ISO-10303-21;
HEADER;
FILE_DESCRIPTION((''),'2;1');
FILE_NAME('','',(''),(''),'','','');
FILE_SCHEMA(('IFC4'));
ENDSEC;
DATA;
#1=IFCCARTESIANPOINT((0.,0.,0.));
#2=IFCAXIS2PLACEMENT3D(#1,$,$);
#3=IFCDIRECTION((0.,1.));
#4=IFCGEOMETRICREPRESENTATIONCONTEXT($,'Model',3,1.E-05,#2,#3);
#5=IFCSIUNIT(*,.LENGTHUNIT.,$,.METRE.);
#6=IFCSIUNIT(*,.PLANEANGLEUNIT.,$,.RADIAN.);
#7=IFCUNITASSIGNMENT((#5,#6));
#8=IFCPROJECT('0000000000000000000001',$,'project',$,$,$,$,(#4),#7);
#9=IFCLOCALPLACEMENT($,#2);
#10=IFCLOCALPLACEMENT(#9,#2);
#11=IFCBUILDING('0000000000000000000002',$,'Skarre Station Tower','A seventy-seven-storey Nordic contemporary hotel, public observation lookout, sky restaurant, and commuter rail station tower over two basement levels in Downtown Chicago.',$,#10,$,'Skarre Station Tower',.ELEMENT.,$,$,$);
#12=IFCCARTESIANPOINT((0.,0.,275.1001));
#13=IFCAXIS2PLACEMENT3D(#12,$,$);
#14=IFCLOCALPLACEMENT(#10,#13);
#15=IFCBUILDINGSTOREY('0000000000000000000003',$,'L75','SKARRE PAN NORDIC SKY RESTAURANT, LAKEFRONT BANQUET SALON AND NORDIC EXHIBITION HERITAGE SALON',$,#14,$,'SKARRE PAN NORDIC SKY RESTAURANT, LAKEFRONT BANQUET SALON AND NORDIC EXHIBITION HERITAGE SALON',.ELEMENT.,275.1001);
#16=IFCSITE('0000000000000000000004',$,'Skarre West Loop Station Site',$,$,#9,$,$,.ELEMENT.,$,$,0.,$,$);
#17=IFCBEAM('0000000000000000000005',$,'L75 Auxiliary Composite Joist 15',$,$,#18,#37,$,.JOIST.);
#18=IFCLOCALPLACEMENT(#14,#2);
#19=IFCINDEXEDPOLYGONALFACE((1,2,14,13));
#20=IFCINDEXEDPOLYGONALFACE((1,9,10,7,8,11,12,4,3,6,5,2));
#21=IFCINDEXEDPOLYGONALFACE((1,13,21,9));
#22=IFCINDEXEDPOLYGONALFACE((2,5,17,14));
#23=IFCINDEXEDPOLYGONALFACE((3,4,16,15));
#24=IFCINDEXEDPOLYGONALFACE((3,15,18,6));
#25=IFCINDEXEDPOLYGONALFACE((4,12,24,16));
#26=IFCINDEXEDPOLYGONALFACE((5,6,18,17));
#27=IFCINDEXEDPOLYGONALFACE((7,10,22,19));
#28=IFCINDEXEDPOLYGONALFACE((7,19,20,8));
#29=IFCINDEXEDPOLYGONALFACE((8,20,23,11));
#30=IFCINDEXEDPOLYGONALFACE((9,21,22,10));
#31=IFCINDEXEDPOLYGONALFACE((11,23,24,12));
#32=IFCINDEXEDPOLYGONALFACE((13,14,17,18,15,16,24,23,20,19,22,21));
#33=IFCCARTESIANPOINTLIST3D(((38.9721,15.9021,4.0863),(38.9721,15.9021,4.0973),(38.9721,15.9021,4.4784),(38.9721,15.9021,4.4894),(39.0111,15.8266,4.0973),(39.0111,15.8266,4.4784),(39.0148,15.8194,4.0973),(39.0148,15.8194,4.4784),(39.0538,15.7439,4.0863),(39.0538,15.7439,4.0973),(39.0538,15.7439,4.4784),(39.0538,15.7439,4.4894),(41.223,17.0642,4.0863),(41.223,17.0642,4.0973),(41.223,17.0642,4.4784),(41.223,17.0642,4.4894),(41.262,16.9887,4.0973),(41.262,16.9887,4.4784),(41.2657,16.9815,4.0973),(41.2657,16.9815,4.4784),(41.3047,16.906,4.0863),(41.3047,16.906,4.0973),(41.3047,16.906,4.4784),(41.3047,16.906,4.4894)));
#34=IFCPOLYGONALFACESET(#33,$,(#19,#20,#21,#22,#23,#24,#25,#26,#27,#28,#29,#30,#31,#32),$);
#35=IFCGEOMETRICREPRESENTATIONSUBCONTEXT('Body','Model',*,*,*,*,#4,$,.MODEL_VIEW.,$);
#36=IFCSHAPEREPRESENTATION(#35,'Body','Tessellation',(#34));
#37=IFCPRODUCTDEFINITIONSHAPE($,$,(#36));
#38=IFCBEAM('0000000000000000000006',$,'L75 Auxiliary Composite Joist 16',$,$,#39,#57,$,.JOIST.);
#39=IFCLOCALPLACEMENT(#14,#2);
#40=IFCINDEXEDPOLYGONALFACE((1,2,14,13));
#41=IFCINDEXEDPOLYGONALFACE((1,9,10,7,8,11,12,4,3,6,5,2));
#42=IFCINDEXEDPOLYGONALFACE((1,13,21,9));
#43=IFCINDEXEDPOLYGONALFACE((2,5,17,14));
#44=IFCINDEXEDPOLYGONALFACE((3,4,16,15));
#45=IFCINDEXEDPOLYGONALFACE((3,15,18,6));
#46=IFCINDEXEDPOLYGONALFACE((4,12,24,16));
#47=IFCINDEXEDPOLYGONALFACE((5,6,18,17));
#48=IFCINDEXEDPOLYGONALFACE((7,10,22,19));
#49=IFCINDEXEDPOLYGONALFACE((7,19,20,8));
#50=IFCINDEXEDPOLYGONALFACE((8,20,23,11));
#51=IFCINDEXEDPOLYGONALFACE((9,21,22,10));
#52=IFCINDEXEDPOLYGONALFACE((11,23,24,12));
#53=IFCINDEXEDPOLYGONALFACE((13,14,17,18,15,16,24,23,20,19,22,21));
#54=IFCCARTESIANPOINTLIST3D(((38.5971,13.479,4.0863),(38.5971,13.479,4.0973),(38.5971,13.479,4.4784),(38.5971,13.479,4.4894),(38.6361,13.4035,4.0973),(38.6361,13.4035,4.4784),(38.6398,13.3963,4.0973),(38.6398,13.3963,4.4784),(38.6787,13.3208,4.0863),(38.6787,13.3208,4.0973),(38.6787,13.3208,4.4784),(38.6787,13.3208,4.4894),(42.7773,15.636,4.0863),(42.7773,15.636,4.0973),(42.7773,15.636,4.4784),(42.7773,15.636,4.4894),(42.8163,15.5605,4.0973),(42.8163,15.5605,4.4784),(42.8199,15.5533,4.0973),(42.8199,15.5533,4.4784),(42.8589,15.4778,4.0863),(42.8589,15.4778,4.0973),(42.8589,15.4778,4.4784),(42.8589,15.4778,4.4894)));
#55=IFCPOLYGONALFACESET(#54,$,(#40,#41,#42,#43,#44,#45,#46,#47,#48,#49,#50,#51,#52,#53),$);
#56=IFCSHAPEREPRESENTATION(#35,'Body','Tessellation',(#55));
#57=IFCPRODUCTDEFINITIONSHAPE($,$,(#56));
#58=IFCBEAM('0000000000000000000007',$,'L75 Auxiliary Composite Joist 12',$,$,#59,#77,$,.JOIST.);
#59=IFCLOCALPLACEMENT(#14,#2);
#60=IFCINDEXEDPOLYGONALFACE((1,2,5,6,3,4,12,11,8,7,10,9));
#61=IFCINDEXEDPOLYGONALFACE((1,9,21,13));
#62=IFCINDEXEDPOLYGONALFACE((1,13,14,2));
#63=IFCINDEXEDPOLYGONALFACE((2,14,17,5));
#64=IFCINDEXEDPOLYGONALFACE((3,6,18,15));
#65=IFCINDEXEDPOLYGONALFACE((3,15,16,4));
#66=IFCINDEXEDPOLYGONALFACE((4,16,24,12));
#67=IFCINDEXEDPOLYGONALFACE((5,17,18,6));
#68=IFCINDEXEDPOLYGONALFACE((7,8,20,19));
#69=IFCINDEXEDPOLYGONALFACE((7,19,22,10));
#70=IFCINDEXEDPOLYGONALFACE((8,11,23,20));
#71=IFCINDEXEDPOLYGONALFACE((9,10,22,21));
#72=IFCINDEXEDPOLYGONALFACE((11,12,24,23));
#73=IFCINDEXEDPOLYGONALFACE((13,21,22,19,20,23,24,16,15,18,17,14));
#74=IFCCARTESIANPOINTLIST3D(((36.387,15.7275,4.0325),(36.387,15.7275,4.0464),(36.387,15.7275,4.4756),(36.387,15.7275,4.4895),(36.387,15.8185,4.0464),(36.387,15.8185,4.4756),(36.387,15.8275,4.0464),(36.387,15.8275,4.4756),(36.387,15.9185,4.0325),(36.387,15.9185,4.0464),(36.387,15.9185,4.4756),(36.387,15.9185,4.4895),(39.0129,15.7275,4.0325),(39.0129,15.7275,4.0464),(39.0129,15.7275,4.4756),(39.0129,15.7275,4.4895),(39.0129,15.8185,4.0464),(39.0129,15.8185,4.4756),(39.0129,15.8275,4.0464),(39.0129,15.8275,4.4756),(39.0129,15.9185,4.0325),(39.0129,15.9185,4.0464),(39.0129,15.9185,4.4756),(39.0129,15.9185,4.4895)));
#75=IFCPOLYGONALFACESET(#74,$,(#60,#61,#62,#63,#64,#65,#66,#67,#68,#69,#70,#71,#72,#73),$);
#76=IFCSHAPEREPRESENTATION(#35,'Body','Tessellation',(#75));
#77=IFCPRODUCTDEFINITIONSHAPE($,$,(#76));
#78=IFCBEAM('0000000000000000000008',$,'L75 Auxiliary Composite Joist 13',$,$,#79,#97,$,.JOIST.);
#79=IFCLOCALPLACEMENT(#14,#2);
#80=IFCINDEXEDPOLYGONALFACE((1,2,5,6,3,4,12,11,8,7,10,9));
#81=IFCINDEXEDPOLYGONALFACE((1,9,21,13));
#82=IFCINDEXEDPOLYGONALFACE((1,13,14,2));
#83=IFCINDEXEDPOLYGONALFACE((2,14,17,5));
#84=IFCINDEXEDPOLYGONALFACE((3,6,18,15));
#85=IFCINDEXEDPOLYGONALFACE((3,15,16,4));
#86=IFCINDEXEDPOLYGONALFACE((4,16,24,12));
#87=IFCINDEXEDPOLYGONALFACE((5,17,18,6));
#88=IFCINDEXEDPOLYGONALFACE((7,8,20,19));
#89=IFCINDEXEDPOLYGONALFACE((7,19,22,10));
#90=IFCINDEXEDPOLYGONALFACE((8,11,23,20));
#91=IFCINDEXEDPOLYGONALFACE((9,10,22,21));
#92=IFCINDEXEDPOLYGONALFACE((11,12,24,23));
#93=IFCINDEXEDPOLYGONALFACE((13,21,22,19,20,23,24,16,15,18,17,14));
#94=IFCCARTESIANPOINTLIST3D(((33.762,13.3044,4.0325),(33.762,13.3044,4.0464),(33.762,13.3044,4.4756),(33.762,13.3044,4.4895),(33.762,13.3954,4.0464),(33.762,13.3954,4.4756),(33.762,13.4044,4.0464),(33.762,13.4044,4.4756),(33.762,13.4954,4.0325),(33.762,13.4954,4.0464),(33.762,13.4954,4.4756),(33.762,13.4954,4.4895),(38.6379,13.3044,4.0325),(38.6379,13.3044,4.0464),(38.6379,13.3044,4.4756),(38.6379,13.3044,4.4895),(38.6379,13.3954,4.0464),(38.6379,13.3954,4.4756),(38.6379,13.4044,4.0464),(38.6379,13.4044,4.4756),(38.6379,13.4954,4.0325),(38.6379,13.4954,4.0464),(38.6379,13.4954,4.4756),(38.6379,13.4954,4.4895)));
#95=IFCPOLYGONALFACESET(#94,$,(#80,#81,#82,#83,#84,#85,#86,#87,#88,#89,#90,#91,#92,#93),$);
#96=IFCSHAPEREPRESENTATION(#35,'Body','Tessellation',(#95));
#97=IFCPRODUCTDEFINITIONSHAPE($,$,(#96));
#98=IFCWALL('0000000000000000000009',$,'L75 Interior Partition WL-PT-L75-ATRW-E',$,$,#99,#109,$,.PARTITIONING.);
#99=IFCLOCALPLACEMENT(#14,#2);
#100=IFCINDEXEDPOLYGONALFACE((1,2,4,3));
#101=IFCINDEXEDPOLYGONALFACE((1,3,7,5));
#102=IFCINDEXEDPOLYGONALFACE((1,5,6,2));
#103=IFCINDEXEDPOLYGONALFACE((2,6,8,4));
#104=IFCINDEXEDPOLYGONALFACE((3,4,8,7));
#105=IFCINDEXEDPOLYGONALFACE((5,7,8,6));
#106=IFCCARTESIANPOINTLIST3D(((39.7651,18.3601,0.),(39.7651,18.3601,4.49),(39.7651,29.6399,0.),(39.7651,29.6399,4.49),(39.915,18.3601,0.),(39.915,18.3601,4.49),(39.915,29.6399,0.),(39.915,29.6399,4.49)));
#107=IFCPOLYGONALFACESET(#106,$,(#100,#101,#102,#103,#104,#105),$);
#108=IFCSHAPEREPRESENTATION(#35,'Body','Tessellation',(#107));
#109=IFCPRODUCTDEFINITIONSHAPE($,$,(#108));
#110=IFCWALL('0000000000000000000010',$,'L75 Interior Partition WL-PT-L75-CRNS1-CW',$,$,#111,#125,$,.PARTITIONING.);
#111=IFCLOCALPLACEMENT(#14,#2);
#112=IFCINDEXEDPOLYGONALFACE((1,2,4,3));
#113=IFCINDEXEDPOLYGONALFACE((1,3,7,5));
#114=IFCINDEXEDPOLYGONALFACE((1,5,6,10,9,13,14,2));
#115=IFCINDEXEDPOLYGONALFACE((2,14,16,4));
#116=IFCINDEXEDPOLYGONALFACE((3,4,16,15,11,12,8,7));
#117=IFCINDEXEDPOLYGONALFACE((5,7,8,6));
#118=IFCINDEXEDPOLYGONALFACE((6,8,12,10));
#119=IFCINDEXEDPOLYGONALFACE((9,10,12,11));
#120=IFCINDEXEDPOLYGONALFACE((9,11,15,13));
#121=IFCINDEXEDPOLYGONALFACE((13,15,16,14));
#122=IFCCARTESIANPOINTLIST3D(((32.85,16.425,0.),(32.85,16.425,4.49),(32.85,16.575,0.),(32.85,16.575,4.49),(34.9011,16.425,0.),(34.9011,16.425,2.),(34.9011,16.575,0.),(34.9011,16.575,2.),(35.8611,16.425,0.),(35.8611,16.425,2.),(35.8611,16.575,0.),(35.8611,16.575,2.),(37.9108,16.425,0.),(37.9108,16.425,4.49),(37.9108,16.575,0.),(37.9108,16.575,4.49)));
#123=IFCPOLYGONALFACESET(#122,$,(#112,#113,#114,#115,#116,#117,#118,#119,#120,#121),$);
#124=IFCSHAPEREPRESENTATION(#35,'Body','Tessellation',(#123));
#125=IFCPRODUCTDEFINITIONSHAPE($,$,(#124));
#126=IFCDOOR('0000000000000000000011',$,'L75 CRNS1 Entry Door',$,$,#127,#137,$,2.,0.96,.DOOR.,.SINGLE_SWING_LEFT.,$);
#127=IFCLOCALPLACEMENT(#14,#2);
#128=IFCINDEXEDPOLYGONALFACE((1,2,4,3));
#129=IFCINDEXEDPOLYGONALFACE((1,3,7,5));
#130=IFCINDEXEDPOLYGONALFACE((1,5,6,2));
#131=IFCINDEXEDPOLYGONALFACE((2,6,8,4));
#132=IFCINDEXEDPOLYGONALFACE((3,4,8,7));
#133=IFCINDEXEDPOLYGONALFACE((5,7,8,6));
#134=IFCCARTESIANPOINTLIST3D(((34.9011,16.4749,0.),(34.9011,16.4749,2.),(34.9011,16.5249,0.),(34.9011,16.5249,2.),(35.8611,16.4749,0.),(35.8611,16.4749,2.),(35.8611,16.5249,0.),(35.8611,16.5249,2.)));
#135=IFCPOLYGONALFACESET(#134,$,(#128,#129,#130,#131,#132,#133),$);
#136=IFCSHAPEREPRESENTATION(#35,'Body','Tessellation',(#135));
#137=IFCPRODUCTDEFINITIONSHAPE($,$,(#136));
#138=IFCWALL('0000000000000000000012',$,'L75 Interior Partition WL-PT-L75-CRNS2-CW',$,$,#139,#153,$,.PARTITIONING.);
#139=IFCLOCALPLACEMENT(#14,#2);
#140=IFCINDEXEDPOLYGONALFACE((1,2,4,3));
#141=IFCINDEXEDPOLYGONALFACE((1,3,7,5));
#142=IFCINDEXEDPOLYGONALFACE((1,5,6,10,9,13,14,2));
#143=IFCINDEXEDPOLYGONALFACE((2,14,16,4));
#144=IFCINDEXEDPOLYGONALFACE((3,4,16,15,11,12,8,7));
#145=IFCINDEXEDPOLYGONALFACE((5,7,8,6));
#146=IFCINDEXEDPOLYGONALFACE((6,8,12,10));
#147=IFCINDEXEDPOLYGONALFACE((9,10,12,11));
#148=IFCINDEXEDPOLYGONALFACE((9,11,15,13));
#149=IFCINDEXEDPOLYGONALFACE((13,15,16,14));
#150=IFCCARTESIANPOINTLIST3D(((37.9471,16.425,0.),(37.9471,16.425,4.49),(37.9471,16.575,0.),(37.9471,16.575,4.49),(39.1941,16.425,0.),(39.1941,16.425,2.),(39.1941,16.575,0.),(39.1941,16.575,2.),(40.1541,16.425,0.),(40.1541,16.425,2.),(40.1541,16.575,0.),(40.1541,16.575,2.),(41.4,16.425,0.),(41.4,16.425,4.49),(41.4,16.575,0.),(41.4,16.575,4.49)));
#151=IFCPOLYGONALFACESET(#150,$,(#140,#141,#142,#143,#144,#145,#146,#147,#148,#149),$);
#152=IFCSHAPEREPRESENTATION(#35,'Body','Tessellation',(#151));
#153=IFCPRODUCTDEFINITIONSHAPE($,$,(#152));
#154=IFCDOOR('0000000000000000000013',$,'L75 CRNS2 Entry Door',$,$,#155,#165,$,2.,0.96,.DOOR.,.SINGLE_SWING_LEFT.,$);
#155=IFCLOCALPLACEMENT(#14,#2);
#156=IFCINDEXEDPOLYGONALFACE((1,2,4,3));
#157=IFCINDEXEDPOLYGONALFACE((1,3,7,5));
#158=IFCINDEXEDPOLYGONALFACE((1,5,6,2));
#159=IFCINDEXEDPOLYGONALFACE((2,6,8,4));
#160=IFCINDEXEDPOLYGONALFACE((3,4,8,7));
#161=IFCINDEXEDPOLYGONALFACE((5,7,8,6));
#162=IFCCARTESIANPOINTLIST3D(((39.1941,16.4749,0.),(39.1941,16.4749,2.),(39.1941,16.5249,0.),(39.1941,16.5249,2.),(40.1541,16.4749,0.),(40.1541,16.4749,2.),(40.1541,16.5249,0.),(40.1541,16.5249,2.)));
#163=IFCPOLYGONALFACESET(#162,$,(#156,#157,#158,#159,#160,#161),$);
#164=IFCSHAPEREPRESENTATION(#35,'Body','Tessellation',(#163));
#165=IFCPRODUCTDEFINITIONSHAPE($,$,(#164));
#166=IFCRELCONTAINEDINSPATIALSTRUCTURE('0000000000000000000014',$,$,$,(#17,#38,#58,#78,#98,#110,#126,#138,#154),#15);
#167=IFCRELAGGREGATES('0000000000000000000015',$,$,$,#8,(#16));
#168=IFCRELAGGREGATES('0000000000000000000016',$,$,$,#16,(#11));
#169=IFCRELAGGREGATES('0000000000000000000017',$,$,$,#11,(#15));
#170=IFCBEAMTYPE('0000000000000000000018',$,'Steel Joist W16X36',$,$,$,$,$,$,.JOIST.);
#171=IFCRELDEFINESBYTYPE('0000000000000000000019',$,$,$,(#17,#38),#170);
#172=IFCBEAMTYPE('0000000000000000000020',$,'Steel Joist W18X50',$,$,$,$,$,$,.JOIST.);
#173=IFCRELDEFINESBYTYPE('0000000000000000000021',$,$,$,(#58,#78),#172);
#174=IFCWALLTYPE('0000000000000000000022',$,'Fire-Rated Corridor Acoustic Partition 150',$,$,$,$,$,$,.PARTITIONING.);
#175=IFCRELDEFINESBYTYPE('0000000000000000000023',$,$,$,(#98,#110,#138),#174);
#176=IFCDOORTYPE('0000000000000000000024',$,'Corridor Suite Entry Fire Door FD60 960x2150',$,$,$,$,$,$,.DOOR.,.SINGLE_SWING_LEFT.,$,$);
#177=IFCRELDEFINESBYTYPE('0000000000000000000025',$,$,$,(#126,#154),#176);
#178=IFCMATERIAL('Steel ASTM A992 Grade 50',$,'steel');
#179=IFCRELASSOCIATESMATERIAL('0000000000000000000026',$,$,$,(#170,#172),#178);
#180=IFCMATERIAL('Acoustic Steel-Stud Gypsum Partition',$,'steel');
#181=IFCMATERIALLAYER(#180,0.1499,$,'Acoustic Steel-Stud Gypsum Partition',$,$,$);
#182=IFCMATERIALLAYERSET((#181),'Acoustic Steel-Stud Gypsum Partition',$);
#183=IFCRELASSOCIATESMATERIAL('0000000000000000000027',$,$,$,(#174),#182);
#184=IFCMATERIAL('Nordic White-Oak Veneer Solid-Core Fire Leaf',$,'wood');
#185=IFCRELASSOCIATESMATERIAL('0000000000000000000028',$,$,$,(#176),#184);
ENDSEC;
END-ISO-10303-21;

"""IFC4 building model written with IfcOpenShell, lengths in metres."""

from ifc_helpers import new_model, si_unit, direction, frame, frame_2d, origin, origin_2d, place, context, subcontext, project, spatial, rectangle, i_section, extrude, material, layer, layer_set, material_profile, profile_set, type_object, element, fill, save


model = new_model("IFC4")

# Units and contexts
model_context = context("Model", 3, precision=1e-05, world=origin(), true_north=direction((0.0, 1.0)))
body_context = subcontext(model_context, "Body", "Model", "MODEL_VIEW")
ifc_project = project(units=[si_unit("LENGTHUNIT", "METRE"), si_unit("PLANEANGLEUNIT", "RADIAN")], contexts=[model_context])

# Site, building, storey
site_placement = place(None, origin())
site = spatial("IfcSite", under=ifc_project, at=site_placement, Name="Skarre West Loop Station Site", CompositionType="ELEMENT", RefElevation=0.0)
building_placement = place(site_placement, origin())
building = spatial("IfcBuilding", under=site, at=building_placement, Name="Skarre Station Tower", Description="A seventy-seven-storey Nordic contemporary hotel, public observation lookout, sky restaurant, and commuter rail station tower over two basement levels in Downtown Chicago.", LongName="Skarre Station Tower", CompositionType="ELEMENT")
storey_placement = place(building_placement, frame((0.0, 0.0, 275.1001)))
storey = spatial("IfcBuildingStorey", under=building, at=storey_placement, Name="L75", Description="SKARRE PAN NORDIC SKY RESTAURANT, LAKEFRONT BANQUET SALON AND NORDIC EXHIBITION HERITAGE SALON", LongName="SKARRE PAN NORDIC SKY RESTAURANT, LAKEFRONT BANQUET SALON AND NORDIC EXHIBITION HERITAGE SALON", CompositionType="ELEMENT", Elevation=275.1001)

# Beams
ifc_material_1 = material(Name="Steel ASTM A992 Grade 50", Category="steel")
ifc_material_profile_1 = material_profile(ifc_material_1, i_section(OverallWidth=0.178, OverallDepth=0.4031, WebThickness=0.0081, FlangeThickness=0.011, at=origin_2d()), Name="Steel ASTM A992 Grade 50")
ifc_profile_set_1 = profile_set([ifc_material_profile_1], Name="Steel ASTM A992 Grade 50")
beam_type_1 = type_object("IfcBeamType", Name="Steel Joist W16X36", PredefinedType="JOIST", material=ifc_profile_set_1)
beam_1_placement = place(storey_placement, frame((39.0129, 15.823, 4.2878), z_axis=(0.88857, 0.458741, 0.0), x_axis=(-0.458741, 0.88857, 0.0)))
element("IfcBeam", 1, at=beam_1_placement, inside=storey, type_object=beam_type_1, Name="L75 Auxiliary Composite Joist 15", PredefinedType="JOIST", context=body_context, shape_type="SweptSolid", body=[
    extrude(i_section(OverallWidth=0.178, OverallDepth=0.4031, WebThickness=0.0081, FlangeThickness=0.011, at=origin_2d()), origin(), (0.0, 0.0, 1.0), 2.5332),
])
beam_2_placement = place(storey_placement, frame((38.6379, 13.3999, 4.2878), z_axis=(0.888666, 0.458554, 0.0), x_axis=(-0.458554, 0.888666, 0.0)))
element("IfcBeam", 2, at=beam_2_placement, inside=storey, type_object=beam_type_1, Name="L75 Auxiliary Composite Joist 16", PredefinedType="JOIST", context=body_context, shape_type="SweptSolid", body=[
    extrude(i_section(OverallWidth=0.178, OverallDepth=0.4031, WebThickness=0.0081, FlangeThickness=0.011, at=origin_2d()), origin(), (0.0, 0.0, 1.0), 4.7039),
])
ifc_material_profile_2 = material_profile(ifc_material_1, i_section(OverallWidth=0.1909, OverallDepth=0.457, WebThickness=0.009, FlangeThickness=0.0139, at=origin_2d()), Name="Steel ASTM A992 Grade 50")
ifc_profile_set_2 = profile_set([ifc_material_profile_2], Name="Steel ASTM A992 Grade 50")
beam_type_2 = type_object("IfcBeamType", Name="Steel Joist W18X50", PredefinedType="JOIST", material=ifc_profile_set_2)
beam_3_placement = place(storey_placement, frame((36.387, 15.823, 4.261), z_axis=(1.0, 0.0, 0.0), x_axis=(0.0, 1.0, 0.0)))
element("IfcBeam", 3, at=beam_3_placement, inside=storey, type_object=beam_type_2, Name="L75 Auxiliary Composite Joist 12", PredefinedType="JOIST", context=body_context, shape_type="SweptSolid", body=[
    extrude(i_section(OverallWidth=0.1909, OverallDepth=0.457, WebThickness=0.009, FlangeThickness=0.0139, at=origin_2d()), origin(), (0.0, 0.0, 1.0), 2.626),
])
beam_4_placement = place(storey_placement, frame((33.762, 13.3999, 4.261), z_axis=(1.0, 0.0, 0.0), x_axis=(0.0, 1.0, 0.0)))
element("IfcBeam", 4, at=beam_4_placement, inside=storey, type_object=beam_type_2, Name="L75 Auxiliary Composite Joist 13", PredefinedType="JOIST", context=body_context, shape_type="SweptSolid", body=[
    extrude(i_section(OverallWidth=0.1909, OverallDepth=0.457, WebThickness=0.009, FlangeThickness=0.0139, at=origin_2d()), origin(), (0.0, 0.0, 1.0), 4.876),
])

# Wall
ifc_material_2 = material(Name="Acoustic Steel-Stud Gypsum Partition", Category="steel")
ifc_layer_1 = layer(ifc_material_2, 0.1499, Name="Acoustic Steel-Stud Gypsum Partition")
ifc_layer_set_1 = layer_set([ifc_layer_1], Name="Acoustic Steel-Stud Gypsum Partition")
wall_type_1 = type_object("IfcWallType", Name="Fire-Rated Corridor Acoustic Partition 150", PredefinedType="PARTITIONING", material=ifc_layer_set_1)
wall_1_placement = place(storey_placement, frame((39.8401, 18.3601, 0.0), z_axis=(0.0, 0.0, 1.0), x_axis=(0.0, 1.0, 0.0)))
element("IfcWall", 5, at=wall_1_placement, inside=storey, type_object=wall_type_1, Name="L75 Interior Partition WL-PT-L75-ATRW-E", PredefinedType="PARTITIONING", context=body_context, shape_type="SweptSolid", body=[
    extrude(rectangle(XDim=11.2798, YDim=0.1499, at=frame_2d((5.6399, 0.0))), origin(), (0.0, 0.0, 1.0), 4.49),
])

# Walls, openings, doors
wall_2_placement = place(storey_placement, frame((32.8501, 16.5, 0.0), z_axis=(0.0, 0.0, 1.0), x_axis=(1.0, 0.0, 0.0)))
wall_2 = element("IfcWall", 6, at=wall_2_placement, inside=storey, type_object=wall_type_1, Name="L75 Interior Partition WL-PT-L75-CRNS1-CW", PredefinedType="PARTITIONING", context=body_context, shape_type="SweptSolid", body=[
    extrude(rectangle(XDim=5.0608, YDim=0.1499, at=frame_2d((2.5303, 0.0))), origin(), (0.0, 0.0, 1.0), 4.49),
])
opening_1_placement = place(wall_2_placement, frame((2.051, 0.0, 0.0)))
opening_1 = element("IfcOpeningElement", 7, at=opening_1_placement, cuts=wall_2, PredefinedType="OPENING", context=body_context, shape_type="SweptSolid", body=[
    extrude(rectangle(XDim=0.96, YDim=2.0, at=frame_2d((0.48, 1.0))), frame((0.0, 0.085, 0.0), z_axis=(0.0, -1.0, 0.0), x_axis=(1.0, 0.0, 0.0)), (0.0, 0.0, 1.0), 0.1699),
])
ifc_material_3 = material(Name="Nordic White-Oak Veneer Solid-Core Fire Leaf", Category="wood")
door_type_1 = type_object("IfcDoorType", Name="Corridor Suite Entry Fire Door FD60 960x2150", OperationType="SINGLE_SWING_LEFT", PredefinedType="DOOR", material=ifc_material_3)
door_1_placement = place(opening_1_placement, origin())
door_1 = element("IfcDoor", 8, at=door_1_placement, inside=storey, type_object=door_type_1, Name="L75 CRNS1 Entry Door", OperationType="SINGLE_SWING_LEFT", OverallHeight=2.0, OverallWidth=0.96, PredefinedType="DOOR", context=body_context, shape_type="SweptSolid", body=[
    extrude(rectangle(XDim=0.96, YDim=2.0, at=frame_2d((0.48, 1.0))), frame((0.0, 0.0249, 0.0), z_axis=(0.0, -1.0, 0.0), x_axis=(1.0, 0.0, 0.0)), (0.0, 0.0, 1.0), 0.05),
])
fill(opening_1, door_1)
wall_3_placement = place(storey_placement, frame((37.947, 16.5, 0.0), z_axis=(0.0, 0.0, 1.0), x_axis=(1.0, 0.0, 0.0)))
wall_3 = element("IfcWall", 9, at=wall_3_placement, inside=storey, type_object=wall_type_1, Name="L75 Interior Partition WL-PT-L75-CRNS2-CW", PredefinedType="PARTITIONING", context=body_context, shape_type="SweptSolid", body=[
    extrude(rectangle(XDim=3.4529, YDim=0.1499, at=frame_2d((1.7266, 0.0))), origin(), (0.0, 0.0, 1.0), 4.49),
])
opening_2_placement = place(wall_3_placement, frame((1.2471, 0.0, 0.0)))
opening_2 = element("IfcOpeningElement", 10, at=opening_2_placement, cuts=wall_3, PredefinedType="OPENING", context=body_context, shape_type="SweptSolid", body=[
    extrude(rectangle(XDim=0.96, YDim=2.0, at=frame_2d((0.48, 1.0))), frame((0.0, 0.085, 0.0), z_axis=(0.0, -1.0, 0.0), x_axis=(1.0, 0.0, 0.0)), (0.0, 0.0, 1.0), 0.1699),
])
door_2_placement = place(opening_2_placement, origin())
door_2 = element("IfcDoor", 11, at=door_2_placement, inside=storey, type_object=door_type_1, Name="L75 CRNS2 Entry Door", OperationType="SINGLE_SWING_LEFT", OverallHeight=2.0, OverallWidth=0.96, PredefinedType="DOOR", context=body_context, shape_type="SweptSolid", body=[
    extrude(rectangle(XDim=0.96, YDim=2.0, at=frame_2d((0.48, 1.0))), frame((0.0, 0.0249, 0.0), z_axis=(0.0, -1.0, 0.0), x_axis=(1.0, 0.0, 0.0)), (0.0, 0.0, 1.0), 0.05),
])
fill(opening_2, door_2)

save(model, "model.ifc")
